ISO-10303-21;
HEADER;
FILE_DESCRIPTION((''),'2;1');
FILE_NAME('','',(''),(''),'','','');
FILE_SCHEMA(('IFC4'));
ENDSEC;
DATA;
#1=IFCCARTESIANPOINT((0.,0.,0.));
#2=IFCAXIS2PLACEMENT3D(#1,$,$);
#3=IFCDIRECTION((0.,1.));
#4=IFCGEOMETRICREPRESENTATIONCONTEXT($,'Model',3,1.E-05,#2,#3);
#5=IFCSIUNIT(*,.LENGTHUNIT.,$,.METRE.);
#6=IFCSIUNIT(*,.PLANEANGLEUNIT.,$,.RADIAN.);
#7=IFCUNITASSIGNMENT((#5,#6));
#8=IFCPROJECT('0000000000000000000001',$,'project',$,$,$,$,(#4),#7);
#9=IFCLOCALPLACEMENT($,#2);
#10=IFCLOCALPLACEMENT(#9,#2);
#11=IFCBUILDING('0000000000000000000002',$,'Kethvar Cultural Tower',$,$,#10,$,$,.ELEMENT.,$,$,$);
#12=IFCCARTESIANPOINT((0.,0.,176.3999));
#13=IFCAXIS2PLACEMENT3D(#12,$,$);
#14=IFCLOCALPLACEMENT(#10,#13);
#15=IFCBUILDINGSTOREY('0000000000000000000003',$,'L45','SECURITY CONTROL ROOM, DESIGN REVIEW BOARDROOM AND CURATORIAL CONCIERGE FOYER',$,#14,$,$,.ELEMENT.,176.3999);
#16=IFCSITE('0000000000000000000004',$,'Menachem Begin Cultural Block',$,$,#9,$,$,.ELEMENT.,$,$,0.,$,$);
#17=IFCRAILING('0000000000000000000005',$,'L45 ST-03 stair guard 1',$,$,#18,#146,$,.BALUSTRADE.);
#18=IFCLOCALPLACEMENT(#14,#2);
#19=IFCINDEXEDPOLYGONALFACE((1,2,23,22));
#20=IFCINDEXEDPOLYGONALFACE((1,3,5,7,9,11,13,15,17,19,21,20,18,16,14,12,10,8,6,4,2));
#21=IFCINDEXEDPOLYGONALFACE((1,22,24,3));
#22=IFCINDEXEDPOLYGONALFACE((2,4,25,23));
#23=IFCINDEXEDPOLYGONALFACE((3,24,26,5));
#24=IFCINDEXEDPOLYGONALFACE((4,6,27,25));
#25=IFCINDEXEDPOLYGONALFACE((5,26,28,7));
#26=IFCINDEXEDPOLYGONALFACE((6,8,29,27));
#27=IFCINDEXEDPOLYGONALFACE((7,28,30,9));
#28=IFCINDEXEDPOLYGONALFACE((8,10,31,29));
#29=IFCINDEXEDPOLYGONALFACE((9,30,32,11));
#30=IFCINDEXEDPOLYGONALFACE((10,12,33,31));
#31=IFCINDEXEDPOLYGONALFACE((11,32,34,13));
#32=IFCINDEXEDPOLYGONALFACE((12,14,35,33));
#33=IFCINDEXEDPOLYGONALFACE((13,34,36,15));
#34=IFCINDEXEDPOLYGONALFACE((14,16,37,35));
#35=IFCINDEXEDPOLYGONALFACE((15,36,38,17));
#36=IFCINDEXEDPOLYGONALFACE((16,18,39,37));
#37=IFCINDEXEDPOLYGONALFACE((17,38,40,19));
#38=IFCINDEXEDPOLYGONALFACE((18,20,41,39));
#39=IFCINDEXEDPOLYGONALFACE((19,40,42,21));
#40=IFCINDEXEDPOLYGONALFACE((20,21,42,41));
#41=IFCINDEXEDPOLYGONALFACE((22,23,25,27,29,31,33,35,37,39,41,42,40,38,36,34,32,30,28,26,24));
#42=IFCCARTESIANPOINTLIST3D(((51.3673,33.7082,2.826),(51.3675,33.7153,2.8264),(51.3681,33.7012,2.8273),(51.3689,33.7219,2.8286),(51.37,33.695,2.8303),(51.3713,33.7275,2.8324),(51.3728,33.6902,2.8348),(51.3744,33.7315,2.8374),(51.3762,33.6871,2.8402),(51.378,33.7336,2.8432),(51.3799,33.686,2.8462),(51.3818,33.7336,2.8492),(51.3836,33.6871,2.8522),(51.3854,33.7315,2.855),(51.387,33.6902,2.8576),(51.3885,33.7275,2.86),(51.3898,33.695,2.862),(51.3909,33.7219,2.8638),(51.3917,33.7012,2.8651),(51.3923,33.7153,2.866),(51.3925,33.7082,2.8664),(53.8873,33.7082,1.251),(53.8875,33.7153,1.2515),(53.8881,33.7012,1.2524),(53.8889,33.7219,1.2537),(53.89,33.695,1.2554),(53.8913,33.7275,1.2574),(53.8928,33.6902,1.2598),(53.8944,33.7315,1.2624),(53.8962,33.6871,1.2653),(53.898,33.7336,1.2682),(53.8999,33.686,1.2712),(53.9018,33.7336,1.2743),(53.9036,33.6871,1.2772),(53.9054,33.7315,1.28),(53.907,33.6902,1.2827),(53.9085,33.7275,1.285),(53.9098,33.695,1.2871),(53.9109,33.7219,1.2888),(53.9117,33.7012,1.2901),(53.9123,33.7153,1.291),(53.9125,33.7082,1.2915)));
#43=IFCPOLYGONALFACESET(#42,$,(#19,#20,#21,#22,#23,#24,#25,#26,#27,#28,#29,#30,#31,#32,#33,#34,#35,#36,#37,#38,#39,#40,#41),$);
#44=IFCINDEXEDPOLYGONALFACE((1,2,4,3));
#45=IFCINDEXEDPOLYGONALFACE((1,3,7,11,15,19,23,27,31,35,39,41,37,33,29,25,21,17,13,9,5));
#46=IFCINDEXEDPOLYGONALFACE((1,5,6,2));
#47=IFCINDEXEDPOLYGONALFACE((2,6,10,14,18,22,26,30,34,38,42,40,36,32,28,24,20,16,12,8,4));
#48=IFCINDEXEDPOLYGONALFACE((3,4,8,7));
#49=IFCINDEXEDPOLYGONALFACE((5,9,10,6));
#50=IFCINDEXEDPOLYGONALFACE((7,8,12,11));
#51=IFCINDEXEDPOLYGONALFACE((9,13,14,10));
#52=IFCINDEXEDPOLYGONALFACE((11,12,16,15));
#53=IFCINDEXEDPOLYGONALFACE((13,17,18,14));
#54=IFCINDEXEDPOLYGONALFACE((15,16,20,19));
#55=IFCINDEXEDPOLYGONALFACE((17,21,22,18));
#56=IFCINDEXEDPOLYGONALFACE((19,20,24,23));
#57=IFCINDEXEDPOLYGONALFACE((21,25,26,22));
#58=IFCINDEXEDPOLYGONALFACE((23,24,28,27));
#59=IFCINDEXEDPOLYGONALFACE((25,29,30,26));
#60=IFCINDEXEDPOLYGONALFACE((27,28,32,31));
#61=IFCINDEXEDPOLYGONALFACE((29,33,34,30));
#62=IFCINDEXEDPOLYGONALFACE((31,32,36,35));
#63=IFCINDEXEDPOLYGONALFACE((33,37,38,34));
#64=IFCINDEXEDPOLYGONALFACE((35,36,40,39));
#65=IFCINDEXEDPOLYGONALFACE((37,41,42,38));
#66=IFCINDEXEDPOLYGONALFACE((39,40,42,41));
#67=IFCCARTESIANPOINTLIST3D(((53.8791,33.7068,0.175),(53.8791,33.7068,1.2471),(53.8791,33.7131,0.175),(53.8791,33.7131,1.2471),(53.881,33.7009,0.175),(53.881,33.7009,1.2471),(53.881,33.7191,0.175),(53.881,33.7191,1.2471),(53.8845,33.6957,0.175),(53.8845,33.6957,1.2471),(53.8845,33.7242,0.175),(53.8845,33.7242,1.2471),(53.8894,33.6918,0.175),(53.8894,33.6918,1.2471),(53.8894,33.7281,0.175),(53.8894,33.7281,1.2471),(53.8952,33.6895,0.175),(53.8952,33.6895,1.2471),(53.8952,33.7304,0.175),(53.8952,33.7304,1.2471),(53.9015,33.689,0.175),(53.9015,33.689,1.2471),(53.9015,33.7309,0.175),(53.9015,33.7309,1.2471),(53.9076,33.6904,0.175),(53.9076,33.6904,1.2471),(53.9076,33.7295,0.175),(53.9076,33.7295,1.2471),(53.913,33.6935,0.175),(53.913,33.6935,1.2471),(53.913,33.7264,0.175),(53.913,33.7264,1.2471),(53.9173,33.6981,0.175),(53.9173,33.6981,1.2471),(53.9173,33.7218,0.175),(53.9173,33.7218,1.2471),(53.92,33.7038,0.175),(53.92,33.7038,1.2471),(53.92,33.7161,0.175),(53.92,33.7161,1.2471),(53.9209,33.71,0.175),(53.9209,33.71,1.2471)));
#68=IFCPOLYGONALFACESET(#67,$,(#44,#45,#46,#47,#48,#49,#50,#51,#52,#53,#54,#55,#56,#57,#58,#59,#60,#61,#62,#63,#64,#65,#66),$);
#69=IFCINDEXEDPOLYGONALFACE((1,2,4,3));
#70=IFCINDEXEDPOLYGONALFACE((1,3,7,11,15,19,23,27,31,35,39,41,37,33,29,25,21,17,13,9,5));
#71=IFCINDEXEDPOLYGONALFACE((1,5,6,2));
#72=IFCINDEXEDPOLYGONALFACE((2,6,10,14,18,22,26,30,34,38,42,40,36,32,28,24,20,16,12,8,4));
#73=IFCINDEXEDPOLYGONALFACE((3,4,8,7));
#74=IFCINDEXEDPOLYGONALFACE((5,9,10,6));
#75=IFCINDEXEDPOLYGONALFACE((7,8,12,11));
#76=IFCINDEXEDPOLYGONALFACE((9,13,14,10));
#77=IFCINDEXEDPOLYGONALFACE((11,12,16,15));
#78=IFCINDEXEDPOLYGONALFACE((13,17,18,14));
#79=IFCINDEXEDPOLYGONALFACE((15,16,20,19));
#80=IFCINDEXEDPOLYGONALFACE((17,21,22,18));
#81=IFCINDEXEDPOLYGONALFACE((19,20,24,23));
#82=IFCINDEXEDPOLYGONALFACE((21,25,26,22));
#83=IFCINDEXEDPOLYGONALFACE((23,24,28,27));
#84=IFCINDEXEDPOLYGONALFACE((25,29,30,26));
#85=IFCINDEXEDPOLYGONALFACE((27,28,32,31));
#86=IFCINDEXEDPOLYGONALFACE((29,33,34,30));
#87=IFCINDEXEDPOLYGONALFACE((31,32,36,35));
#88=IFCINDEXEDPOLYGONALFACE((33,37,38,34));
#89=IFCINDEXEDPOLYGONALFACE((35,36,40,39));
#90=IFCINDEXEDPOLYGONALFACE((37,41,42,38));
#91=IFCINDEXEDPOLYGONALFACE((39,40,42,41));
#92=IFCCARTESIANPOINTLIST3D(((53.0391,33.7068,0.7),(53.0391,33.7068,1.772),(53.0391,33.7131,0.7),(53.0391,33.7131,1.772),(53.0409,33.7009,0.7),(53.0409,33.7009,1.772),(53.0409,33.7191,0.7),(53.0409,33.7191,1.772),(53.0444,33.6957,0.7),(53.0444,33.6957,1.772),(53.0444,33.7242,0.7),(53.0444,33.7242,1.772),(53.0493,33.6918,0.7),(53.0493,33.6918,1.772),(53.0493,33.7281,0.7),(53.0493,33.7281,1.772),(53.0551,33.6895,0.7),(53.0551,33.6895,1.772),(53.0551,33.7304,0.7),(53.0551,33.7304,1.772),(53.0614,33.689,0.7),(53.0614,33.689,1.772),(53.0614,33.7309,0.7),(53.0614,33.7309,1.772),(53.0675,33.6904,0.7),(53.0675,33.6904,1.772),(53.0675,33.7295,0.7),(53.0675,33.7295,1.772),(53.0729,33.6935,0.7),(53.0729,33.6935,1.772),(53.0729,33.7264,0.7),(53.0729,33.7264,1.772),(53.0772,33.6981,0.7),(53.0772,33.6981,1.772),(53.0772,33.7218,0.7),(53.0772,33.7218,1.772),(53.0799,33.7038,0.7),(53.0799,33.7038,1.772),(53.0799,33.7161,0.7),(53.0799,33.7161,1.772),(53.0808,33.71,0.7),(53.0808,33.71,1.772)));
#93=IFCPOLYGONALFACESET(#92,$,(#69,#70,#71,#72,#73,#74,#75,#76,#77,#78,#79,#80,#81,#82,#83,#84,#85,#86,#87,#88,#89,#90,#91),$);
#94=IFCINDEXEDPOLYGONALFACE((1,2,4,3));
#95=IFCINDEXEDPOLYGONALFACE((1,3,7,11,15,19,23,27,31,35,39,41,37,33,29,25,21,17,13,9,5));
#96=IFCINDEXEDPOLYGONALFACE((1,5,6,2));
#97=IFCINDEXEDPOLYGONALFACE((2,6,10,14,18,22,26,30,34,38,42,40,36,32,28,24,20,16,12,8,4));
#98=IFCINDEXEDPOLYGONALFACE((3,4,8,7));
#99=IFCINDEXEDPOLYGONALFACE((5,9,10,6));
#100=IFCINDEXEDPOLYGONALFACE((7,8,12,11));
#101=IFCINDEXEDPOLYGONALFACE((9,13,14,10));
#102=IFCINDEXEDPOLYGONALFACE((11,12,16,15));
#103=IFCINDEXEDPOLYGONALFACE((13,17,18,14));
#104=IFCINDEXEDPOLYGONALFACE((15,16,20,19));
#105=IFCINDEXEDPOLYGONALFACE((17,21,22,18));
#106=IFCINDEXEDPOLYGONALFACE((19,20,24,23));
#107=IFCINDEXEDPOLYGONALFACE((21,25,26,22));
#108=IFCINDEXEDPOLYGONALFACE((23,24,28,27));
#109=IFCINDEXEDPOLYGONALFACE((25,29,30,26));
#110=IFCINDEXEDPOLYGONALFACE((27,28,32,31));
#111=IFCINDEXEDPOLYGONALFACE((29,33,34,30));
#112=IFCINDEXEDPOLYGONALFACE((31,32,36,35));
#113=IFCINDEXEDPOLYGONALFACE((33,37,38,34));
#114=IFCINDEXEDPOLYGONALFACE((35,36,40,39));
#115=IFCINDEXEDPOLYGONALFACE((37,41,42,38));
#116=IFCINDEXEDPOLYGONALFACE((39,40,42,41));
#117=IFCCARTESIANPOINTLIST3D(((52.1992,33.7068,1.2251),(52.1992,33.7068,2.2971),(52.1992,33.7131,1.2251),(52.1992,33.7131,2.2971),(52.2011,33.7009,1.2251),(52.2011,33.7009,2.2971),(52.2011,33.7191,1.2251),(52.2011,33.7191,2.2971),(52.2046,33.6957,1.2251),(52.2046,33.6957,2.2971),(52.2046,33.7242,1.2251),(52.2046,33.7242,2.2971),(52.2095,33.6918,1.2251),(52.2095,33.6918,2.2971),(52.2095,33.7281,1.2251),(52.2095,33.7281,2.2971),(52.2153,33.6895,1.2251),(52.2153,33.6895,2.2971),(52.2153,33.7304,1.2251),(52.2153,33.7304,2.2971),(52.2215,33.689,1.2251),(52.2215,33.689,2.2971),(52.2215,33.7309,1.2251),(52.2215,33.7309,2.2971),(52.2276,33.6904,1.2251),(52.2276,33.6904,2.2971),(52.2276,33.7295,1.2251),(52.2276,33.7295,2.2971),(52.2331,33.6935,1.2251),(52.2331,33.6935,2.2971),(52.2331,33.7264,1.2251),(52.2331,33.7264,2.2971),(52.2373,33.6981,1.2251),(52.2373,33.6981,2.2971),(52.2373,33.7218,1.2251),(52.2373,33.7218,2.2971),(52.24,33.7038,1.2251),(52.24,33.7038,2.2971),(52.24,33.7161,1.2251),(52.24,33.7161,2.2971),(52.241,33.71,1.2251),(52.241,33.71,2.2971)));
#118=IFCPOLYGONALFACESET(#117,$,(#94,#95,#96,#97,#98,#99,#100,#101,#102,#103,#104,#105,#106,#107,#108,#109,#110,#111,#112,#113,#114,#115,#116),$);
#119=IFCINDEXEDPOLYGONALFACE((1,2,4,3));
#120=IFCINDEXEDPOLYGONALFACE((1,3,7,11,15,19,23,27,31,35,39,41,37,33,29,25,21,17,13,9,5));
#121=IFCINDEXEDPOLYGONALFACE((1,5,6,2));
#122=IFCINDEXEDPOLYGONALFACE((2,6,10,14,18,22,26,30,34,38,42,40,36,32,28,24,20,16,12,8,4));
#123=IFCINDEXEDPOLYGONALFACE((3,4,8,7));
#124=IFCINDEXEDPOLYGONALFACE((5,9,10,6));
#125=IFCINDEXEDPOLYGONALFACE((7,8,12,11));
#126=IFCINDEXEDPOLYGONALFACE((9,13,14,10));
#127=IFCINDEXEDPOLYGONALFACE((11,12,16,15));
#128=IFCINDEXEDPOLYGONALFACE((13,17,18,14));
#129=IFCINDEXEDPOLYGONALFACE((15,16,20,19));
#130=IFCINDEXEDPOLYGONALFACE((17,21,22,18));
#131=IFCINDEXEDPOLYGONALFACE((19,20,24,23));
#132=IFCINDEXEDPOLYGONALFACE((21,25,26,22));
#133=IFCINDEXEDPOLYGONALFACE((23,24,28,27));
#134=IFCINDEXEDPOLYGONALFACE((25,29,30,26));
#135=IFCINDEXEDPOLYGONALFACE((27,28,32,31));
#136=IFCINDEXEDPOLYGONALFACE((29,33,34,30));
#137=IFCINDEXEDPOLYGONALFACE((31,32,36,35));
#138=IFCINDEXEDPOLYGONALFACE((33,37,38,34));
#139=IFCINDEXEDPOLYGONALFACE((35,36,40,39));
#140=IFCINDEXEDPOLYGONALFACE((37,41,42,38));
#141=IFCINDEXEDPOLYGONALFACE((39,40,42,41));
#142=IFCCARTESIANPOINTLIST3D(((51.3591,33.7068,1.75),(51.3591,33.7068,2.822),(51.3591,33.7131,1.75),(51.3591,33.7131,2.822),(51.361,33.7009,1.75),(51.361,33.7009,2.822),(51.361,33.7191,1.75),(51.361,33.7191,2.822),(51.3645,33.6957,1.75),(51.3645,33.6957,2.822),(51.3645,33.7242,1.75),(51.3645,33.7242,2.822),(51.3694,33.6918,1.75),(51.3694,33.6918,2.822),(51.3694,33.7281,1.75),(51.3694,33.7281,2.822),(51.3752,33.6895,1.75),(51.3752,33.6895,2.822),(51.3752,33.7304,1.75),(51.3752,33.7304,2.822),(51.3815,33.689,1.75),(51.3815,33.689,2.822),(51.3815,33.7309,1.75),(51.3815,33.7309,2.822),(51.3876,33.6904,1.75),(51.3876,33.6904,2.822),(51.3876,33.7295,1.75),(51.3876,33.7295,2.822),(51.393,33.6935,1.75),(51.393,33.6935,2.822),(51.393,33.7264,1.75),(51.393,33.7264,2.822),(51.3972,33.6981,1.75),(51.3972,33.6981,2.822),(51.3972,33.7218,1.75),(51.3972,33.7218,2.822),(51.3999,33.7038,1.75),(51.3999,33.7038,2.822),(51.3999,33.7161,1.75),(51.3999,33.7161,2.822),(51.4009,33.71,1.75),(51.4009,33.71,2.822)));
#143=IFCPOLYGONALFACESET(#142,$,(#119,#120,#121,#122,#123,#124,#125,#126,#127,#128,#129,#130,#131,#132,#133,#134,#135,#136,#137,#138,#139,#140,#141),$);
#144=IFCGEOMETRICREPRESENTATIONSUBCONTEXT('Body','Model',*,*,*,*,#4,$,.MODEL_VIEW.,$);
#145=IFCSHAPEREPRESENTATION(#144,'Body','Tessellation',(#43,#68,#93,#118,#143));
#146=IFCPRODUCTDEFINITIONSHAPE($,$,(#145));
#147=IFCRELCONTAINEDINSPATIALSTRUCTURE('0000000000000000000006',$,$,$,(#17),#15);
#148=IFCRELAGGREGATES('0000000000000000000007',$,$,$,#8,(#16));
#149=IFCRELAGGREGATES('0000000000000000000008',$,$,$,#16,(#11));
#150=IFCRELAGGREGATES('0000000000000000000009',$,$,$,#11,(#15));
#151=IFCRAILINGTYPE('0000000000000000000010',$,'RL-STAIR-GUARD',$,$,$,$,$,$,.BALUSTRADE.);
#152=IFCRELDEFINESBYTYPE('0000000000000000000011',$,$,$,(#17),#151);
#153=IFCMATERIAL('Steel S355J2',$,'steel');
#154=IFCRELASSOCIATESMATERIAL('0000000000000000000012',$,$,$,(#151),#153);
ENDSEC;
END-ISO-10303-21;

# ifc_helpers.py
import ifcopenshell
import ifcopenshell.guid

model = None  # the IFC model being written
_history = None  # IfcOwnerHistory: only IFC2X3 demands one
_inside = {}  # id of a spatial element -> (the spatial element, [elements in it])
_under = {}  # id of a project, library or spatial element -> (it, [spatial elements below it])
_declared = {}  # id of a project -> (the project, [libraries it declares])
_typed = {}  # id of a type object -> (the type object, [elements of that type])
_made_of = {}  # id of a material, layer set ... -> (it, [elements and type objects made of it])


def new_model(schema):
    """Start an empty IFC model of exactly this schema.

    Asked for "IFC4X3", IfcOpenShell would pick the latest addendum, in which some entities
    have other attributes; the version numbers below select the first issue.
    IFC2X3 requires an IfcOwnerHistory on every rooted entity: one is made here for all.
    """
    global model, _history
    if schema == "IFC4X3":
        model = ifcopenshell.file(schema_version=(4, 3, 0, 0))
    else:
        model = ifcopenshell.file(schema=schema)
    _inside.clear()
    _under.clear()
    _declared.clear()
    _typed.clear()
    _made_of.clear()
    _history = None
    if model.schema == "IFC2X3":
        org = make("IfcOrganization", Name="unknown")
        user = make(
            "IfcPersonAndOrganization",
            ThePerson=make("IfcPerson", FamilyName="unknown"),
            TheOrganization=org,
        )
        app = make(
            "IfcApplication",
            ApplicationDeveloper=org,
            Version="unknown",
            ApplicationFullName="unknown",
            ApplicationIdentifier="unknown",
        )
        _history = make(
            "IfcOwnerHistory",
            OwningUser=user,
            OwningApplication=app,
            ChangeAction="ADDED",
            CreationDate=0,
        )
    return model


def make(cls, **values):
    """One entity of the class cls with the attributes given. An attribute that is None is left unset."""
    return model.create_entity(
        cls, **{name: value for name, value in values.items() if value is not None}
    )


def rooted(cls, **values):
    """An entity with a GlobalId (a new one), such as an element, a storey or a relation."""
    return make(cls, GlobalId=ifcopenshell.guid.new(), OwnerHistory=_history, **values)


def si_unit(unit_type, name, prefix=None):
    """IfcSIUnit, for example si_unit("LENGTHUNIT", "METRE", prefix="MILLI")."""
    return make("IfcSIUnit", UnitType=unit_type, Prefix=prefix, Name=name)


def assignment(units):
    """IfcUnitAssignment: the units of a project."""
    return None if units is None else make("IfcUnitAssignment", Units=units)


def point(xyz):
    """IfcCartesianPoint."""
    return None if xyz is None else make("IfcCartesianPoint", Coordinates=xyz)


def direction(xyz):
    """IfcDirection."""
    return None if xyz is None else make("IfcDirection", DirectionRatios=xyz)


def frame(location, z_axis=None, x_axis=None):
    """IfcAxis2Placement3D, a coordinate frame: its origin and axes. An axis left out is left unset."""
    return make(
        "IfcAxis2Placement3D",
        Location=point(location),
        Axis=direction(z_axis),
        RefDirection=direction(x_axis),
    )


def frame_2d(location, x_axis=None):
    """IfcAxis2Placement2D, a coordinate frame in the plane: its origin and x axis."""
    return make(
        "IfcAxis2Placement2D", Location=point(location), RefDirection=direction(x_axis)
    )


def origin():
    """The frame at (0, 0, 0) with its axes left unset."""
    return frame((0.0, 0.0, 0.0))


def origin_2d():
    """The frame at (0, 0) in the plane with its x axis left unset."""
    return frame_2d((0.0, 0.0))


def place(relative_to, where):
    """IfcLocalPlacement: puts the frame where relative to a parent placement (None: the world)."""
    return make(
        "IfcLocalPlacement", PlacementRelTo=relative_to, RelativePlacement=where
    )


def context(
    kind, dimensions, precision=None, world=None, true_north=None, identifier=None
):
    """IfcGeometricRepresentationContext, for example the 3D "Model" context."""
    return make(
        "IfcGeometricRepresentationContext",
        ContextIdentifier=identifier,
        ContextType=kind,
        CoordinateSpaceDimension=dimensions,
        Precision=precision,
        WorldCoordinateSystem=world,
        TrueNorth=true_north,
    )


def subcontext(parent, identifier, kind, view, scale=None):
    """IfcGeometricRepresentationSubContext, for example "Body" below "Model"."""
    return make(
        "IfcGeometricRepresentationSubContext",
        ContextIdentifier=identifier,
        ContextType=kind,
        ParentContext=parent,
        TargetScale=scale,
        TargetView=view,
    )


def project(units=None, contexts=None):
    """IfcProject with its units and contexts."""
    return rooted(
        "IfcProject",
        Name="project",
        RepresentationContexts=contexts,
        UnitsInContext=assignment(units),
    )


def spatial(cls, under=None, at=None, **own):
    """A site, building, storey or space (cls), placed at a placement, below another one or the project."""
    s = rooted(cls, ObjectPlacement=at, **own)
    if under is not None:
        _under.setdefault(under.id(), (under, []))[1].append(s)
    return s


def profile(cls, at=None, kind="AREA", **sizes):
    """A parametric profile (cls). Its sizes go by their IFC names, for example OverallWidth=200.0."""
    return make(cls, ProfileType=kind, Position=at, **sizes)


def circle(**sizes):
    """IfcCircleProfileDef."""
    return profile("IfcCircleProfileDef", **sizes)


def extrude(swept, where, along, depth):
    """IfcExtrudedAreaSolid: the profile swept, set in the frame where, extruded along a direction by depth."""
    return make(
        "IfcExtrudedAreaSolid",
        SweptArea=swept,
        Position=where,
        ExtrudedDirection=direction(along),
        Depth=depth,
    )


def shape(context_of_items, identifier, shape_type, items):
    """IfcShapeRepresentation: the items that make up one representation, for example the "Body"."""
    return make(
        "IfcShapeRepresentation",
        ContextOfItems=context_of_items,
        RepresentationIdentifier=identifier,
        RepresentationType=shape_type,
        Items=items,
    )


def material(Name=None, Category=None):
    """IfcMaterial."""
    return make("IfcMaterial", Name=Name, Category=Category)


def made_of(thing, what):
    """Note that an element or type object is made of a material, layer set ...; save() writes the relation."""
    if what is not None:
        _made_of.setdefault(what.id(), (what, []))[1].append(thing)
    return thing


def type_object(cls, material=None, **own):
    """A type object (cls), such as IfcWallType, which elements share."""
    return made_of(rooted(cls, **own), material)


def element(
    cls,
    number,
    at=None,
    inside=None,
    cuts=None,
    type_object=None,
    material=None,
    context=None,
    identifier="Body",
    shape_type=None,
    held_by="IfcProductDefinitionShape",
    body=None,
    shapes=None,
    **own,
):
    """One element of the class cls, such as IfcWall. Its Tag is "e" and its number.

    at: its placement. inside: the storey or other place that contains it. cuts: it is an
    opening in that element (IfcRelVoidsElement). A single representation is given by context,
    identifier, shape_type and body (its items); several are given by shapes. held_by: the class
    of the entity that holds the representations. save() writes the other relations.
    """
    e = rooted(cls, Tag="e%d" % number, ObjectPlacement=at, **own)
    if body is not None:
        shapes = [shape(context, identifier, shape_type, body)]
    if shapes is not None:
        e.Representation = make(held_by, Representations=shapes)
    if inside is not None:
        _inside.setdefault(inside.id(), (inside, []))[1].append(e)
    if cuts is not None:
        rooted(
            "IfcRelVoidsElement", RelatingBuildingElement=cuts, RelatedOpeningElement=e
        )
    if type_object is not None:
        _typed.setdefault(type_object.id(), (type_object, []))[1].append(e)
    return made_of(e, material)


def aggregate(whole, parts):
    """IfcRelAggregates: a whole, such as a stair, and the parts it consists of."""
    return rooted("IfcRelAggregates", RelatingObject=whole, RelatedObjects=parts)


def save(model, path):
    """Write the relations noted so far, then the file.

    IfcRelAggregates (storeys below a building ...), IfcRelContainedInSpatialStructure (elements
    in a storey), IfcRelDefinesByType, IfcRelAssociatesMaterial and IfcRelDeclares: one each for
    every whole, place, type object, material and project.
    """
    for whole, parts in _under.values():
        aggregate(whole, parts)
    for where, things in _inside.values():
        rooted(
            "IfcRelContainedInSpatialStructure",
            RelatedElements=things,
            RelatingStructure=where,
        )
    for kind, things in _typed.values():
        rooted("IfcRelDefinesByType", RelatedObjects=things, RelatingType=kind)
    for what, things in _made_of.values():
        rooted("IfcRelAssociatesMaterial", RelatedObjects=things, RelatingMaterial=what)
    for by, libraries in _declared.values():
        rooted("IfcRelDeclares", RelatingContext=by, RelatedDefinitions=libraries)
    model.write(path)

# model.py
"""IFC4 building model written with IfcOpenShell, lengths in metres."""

from ifc_helpers import new_model, si_unit, direction, frame, origin, origin_2d, place, context, subcontext, project, spatial, circle, extrude, material, type_object, element, save


model = new_model("IFC4")

# Units and contexts
model_context = context("Model", 3, precision=1e-05, world=origin(), true_north=direction((0.0, 1.0)))
body_context = subcontext(model_context, "Body", "Model", "MODEL_VIEW")
ifc_project = project(units=[si_unit("LENGTHUNIT", "METRE"), si_unit("PLANEANGLEUNIT", "RADIAN")], contexts=[model_context])

# Site, building, storey
site_placement = place(None, origin())
site = spatial("IfcSite", under=ifc_project, at=site_placement, Name="Menachem Begin Cultural Block", CompositionType="ELEMENT", RefElevation=0.0)
building_placement = place(site_placement, origin())
building = spatial("IfcBuilding", under=site, at=building_placement, Name="Kethvar Cultural Tower", CompositionType="ELEMENT")
storey_placement = place(building_placement, frame((0.0, 0.0, 176.3999)))
storey = spatial("IfcBuildingStorey", under=building, at=storey_placement, Name="L45", Description="SECURITY CONTROL ROOM, DESIGN REVIEW BOARDROOM AND CURATORIAL CONCIERGE FOYER", CompositionType="ELEMENT", Elevation=176.3999)

# Shared definitions
ifc_material_1 = material(Name="Steel S355J2", Category="steel")

# Railing
railing_type_1 = type_object("IfcRailingType", Name="RL-STAIR-GUARD", PredefinedType="BALUSTRADE", material=ifc_material_1)
railing_1_placement = place(storey_placement, frame((53.8999, 33.71, 0.175)))
element("IfcRailing", 1, at=railing_1_placement, inside=storey, type_object=railing_type_1, Name="L45 ST-03 stair guard 1", PredefinedType="BALUSTRADE", context=body_context, shape_type="SweptSolid", body=[
    extrude(circle(Radius=0.0239, at=origin_2d()), frame((0.0, 0.0, 1.0962), z_axis=(-0.848008, 0.0, 0.529984), x_axis=(0.0, -1.0, 0.0)), (0.0, 0.0, 1.0), 2.9717),
    extrude(circle(Radius=0.021, at=origin_2d()), origin(), (0.0, 0.0, 1.0), 1.072),
    extrude(circle(Radius=0.021, at=origin_2d()), frame((-0.8401, 0.0, 0.5249)), (0.0, 0.0, 1.0), 1.072),
    extrude(circle(Radius=0.021, at=origin_2d()), frame((-1.6799, 0.0, 1.05)), (0.0, 0.0, 1.0), 1.072),
    extrude(circle(Radius=0.021, at=origin_2d()), frame((-2.52, 0.0, 1.575)), (0.0, 0.0, 1.0), 1.072),
])

save(model, "model.ifc")
